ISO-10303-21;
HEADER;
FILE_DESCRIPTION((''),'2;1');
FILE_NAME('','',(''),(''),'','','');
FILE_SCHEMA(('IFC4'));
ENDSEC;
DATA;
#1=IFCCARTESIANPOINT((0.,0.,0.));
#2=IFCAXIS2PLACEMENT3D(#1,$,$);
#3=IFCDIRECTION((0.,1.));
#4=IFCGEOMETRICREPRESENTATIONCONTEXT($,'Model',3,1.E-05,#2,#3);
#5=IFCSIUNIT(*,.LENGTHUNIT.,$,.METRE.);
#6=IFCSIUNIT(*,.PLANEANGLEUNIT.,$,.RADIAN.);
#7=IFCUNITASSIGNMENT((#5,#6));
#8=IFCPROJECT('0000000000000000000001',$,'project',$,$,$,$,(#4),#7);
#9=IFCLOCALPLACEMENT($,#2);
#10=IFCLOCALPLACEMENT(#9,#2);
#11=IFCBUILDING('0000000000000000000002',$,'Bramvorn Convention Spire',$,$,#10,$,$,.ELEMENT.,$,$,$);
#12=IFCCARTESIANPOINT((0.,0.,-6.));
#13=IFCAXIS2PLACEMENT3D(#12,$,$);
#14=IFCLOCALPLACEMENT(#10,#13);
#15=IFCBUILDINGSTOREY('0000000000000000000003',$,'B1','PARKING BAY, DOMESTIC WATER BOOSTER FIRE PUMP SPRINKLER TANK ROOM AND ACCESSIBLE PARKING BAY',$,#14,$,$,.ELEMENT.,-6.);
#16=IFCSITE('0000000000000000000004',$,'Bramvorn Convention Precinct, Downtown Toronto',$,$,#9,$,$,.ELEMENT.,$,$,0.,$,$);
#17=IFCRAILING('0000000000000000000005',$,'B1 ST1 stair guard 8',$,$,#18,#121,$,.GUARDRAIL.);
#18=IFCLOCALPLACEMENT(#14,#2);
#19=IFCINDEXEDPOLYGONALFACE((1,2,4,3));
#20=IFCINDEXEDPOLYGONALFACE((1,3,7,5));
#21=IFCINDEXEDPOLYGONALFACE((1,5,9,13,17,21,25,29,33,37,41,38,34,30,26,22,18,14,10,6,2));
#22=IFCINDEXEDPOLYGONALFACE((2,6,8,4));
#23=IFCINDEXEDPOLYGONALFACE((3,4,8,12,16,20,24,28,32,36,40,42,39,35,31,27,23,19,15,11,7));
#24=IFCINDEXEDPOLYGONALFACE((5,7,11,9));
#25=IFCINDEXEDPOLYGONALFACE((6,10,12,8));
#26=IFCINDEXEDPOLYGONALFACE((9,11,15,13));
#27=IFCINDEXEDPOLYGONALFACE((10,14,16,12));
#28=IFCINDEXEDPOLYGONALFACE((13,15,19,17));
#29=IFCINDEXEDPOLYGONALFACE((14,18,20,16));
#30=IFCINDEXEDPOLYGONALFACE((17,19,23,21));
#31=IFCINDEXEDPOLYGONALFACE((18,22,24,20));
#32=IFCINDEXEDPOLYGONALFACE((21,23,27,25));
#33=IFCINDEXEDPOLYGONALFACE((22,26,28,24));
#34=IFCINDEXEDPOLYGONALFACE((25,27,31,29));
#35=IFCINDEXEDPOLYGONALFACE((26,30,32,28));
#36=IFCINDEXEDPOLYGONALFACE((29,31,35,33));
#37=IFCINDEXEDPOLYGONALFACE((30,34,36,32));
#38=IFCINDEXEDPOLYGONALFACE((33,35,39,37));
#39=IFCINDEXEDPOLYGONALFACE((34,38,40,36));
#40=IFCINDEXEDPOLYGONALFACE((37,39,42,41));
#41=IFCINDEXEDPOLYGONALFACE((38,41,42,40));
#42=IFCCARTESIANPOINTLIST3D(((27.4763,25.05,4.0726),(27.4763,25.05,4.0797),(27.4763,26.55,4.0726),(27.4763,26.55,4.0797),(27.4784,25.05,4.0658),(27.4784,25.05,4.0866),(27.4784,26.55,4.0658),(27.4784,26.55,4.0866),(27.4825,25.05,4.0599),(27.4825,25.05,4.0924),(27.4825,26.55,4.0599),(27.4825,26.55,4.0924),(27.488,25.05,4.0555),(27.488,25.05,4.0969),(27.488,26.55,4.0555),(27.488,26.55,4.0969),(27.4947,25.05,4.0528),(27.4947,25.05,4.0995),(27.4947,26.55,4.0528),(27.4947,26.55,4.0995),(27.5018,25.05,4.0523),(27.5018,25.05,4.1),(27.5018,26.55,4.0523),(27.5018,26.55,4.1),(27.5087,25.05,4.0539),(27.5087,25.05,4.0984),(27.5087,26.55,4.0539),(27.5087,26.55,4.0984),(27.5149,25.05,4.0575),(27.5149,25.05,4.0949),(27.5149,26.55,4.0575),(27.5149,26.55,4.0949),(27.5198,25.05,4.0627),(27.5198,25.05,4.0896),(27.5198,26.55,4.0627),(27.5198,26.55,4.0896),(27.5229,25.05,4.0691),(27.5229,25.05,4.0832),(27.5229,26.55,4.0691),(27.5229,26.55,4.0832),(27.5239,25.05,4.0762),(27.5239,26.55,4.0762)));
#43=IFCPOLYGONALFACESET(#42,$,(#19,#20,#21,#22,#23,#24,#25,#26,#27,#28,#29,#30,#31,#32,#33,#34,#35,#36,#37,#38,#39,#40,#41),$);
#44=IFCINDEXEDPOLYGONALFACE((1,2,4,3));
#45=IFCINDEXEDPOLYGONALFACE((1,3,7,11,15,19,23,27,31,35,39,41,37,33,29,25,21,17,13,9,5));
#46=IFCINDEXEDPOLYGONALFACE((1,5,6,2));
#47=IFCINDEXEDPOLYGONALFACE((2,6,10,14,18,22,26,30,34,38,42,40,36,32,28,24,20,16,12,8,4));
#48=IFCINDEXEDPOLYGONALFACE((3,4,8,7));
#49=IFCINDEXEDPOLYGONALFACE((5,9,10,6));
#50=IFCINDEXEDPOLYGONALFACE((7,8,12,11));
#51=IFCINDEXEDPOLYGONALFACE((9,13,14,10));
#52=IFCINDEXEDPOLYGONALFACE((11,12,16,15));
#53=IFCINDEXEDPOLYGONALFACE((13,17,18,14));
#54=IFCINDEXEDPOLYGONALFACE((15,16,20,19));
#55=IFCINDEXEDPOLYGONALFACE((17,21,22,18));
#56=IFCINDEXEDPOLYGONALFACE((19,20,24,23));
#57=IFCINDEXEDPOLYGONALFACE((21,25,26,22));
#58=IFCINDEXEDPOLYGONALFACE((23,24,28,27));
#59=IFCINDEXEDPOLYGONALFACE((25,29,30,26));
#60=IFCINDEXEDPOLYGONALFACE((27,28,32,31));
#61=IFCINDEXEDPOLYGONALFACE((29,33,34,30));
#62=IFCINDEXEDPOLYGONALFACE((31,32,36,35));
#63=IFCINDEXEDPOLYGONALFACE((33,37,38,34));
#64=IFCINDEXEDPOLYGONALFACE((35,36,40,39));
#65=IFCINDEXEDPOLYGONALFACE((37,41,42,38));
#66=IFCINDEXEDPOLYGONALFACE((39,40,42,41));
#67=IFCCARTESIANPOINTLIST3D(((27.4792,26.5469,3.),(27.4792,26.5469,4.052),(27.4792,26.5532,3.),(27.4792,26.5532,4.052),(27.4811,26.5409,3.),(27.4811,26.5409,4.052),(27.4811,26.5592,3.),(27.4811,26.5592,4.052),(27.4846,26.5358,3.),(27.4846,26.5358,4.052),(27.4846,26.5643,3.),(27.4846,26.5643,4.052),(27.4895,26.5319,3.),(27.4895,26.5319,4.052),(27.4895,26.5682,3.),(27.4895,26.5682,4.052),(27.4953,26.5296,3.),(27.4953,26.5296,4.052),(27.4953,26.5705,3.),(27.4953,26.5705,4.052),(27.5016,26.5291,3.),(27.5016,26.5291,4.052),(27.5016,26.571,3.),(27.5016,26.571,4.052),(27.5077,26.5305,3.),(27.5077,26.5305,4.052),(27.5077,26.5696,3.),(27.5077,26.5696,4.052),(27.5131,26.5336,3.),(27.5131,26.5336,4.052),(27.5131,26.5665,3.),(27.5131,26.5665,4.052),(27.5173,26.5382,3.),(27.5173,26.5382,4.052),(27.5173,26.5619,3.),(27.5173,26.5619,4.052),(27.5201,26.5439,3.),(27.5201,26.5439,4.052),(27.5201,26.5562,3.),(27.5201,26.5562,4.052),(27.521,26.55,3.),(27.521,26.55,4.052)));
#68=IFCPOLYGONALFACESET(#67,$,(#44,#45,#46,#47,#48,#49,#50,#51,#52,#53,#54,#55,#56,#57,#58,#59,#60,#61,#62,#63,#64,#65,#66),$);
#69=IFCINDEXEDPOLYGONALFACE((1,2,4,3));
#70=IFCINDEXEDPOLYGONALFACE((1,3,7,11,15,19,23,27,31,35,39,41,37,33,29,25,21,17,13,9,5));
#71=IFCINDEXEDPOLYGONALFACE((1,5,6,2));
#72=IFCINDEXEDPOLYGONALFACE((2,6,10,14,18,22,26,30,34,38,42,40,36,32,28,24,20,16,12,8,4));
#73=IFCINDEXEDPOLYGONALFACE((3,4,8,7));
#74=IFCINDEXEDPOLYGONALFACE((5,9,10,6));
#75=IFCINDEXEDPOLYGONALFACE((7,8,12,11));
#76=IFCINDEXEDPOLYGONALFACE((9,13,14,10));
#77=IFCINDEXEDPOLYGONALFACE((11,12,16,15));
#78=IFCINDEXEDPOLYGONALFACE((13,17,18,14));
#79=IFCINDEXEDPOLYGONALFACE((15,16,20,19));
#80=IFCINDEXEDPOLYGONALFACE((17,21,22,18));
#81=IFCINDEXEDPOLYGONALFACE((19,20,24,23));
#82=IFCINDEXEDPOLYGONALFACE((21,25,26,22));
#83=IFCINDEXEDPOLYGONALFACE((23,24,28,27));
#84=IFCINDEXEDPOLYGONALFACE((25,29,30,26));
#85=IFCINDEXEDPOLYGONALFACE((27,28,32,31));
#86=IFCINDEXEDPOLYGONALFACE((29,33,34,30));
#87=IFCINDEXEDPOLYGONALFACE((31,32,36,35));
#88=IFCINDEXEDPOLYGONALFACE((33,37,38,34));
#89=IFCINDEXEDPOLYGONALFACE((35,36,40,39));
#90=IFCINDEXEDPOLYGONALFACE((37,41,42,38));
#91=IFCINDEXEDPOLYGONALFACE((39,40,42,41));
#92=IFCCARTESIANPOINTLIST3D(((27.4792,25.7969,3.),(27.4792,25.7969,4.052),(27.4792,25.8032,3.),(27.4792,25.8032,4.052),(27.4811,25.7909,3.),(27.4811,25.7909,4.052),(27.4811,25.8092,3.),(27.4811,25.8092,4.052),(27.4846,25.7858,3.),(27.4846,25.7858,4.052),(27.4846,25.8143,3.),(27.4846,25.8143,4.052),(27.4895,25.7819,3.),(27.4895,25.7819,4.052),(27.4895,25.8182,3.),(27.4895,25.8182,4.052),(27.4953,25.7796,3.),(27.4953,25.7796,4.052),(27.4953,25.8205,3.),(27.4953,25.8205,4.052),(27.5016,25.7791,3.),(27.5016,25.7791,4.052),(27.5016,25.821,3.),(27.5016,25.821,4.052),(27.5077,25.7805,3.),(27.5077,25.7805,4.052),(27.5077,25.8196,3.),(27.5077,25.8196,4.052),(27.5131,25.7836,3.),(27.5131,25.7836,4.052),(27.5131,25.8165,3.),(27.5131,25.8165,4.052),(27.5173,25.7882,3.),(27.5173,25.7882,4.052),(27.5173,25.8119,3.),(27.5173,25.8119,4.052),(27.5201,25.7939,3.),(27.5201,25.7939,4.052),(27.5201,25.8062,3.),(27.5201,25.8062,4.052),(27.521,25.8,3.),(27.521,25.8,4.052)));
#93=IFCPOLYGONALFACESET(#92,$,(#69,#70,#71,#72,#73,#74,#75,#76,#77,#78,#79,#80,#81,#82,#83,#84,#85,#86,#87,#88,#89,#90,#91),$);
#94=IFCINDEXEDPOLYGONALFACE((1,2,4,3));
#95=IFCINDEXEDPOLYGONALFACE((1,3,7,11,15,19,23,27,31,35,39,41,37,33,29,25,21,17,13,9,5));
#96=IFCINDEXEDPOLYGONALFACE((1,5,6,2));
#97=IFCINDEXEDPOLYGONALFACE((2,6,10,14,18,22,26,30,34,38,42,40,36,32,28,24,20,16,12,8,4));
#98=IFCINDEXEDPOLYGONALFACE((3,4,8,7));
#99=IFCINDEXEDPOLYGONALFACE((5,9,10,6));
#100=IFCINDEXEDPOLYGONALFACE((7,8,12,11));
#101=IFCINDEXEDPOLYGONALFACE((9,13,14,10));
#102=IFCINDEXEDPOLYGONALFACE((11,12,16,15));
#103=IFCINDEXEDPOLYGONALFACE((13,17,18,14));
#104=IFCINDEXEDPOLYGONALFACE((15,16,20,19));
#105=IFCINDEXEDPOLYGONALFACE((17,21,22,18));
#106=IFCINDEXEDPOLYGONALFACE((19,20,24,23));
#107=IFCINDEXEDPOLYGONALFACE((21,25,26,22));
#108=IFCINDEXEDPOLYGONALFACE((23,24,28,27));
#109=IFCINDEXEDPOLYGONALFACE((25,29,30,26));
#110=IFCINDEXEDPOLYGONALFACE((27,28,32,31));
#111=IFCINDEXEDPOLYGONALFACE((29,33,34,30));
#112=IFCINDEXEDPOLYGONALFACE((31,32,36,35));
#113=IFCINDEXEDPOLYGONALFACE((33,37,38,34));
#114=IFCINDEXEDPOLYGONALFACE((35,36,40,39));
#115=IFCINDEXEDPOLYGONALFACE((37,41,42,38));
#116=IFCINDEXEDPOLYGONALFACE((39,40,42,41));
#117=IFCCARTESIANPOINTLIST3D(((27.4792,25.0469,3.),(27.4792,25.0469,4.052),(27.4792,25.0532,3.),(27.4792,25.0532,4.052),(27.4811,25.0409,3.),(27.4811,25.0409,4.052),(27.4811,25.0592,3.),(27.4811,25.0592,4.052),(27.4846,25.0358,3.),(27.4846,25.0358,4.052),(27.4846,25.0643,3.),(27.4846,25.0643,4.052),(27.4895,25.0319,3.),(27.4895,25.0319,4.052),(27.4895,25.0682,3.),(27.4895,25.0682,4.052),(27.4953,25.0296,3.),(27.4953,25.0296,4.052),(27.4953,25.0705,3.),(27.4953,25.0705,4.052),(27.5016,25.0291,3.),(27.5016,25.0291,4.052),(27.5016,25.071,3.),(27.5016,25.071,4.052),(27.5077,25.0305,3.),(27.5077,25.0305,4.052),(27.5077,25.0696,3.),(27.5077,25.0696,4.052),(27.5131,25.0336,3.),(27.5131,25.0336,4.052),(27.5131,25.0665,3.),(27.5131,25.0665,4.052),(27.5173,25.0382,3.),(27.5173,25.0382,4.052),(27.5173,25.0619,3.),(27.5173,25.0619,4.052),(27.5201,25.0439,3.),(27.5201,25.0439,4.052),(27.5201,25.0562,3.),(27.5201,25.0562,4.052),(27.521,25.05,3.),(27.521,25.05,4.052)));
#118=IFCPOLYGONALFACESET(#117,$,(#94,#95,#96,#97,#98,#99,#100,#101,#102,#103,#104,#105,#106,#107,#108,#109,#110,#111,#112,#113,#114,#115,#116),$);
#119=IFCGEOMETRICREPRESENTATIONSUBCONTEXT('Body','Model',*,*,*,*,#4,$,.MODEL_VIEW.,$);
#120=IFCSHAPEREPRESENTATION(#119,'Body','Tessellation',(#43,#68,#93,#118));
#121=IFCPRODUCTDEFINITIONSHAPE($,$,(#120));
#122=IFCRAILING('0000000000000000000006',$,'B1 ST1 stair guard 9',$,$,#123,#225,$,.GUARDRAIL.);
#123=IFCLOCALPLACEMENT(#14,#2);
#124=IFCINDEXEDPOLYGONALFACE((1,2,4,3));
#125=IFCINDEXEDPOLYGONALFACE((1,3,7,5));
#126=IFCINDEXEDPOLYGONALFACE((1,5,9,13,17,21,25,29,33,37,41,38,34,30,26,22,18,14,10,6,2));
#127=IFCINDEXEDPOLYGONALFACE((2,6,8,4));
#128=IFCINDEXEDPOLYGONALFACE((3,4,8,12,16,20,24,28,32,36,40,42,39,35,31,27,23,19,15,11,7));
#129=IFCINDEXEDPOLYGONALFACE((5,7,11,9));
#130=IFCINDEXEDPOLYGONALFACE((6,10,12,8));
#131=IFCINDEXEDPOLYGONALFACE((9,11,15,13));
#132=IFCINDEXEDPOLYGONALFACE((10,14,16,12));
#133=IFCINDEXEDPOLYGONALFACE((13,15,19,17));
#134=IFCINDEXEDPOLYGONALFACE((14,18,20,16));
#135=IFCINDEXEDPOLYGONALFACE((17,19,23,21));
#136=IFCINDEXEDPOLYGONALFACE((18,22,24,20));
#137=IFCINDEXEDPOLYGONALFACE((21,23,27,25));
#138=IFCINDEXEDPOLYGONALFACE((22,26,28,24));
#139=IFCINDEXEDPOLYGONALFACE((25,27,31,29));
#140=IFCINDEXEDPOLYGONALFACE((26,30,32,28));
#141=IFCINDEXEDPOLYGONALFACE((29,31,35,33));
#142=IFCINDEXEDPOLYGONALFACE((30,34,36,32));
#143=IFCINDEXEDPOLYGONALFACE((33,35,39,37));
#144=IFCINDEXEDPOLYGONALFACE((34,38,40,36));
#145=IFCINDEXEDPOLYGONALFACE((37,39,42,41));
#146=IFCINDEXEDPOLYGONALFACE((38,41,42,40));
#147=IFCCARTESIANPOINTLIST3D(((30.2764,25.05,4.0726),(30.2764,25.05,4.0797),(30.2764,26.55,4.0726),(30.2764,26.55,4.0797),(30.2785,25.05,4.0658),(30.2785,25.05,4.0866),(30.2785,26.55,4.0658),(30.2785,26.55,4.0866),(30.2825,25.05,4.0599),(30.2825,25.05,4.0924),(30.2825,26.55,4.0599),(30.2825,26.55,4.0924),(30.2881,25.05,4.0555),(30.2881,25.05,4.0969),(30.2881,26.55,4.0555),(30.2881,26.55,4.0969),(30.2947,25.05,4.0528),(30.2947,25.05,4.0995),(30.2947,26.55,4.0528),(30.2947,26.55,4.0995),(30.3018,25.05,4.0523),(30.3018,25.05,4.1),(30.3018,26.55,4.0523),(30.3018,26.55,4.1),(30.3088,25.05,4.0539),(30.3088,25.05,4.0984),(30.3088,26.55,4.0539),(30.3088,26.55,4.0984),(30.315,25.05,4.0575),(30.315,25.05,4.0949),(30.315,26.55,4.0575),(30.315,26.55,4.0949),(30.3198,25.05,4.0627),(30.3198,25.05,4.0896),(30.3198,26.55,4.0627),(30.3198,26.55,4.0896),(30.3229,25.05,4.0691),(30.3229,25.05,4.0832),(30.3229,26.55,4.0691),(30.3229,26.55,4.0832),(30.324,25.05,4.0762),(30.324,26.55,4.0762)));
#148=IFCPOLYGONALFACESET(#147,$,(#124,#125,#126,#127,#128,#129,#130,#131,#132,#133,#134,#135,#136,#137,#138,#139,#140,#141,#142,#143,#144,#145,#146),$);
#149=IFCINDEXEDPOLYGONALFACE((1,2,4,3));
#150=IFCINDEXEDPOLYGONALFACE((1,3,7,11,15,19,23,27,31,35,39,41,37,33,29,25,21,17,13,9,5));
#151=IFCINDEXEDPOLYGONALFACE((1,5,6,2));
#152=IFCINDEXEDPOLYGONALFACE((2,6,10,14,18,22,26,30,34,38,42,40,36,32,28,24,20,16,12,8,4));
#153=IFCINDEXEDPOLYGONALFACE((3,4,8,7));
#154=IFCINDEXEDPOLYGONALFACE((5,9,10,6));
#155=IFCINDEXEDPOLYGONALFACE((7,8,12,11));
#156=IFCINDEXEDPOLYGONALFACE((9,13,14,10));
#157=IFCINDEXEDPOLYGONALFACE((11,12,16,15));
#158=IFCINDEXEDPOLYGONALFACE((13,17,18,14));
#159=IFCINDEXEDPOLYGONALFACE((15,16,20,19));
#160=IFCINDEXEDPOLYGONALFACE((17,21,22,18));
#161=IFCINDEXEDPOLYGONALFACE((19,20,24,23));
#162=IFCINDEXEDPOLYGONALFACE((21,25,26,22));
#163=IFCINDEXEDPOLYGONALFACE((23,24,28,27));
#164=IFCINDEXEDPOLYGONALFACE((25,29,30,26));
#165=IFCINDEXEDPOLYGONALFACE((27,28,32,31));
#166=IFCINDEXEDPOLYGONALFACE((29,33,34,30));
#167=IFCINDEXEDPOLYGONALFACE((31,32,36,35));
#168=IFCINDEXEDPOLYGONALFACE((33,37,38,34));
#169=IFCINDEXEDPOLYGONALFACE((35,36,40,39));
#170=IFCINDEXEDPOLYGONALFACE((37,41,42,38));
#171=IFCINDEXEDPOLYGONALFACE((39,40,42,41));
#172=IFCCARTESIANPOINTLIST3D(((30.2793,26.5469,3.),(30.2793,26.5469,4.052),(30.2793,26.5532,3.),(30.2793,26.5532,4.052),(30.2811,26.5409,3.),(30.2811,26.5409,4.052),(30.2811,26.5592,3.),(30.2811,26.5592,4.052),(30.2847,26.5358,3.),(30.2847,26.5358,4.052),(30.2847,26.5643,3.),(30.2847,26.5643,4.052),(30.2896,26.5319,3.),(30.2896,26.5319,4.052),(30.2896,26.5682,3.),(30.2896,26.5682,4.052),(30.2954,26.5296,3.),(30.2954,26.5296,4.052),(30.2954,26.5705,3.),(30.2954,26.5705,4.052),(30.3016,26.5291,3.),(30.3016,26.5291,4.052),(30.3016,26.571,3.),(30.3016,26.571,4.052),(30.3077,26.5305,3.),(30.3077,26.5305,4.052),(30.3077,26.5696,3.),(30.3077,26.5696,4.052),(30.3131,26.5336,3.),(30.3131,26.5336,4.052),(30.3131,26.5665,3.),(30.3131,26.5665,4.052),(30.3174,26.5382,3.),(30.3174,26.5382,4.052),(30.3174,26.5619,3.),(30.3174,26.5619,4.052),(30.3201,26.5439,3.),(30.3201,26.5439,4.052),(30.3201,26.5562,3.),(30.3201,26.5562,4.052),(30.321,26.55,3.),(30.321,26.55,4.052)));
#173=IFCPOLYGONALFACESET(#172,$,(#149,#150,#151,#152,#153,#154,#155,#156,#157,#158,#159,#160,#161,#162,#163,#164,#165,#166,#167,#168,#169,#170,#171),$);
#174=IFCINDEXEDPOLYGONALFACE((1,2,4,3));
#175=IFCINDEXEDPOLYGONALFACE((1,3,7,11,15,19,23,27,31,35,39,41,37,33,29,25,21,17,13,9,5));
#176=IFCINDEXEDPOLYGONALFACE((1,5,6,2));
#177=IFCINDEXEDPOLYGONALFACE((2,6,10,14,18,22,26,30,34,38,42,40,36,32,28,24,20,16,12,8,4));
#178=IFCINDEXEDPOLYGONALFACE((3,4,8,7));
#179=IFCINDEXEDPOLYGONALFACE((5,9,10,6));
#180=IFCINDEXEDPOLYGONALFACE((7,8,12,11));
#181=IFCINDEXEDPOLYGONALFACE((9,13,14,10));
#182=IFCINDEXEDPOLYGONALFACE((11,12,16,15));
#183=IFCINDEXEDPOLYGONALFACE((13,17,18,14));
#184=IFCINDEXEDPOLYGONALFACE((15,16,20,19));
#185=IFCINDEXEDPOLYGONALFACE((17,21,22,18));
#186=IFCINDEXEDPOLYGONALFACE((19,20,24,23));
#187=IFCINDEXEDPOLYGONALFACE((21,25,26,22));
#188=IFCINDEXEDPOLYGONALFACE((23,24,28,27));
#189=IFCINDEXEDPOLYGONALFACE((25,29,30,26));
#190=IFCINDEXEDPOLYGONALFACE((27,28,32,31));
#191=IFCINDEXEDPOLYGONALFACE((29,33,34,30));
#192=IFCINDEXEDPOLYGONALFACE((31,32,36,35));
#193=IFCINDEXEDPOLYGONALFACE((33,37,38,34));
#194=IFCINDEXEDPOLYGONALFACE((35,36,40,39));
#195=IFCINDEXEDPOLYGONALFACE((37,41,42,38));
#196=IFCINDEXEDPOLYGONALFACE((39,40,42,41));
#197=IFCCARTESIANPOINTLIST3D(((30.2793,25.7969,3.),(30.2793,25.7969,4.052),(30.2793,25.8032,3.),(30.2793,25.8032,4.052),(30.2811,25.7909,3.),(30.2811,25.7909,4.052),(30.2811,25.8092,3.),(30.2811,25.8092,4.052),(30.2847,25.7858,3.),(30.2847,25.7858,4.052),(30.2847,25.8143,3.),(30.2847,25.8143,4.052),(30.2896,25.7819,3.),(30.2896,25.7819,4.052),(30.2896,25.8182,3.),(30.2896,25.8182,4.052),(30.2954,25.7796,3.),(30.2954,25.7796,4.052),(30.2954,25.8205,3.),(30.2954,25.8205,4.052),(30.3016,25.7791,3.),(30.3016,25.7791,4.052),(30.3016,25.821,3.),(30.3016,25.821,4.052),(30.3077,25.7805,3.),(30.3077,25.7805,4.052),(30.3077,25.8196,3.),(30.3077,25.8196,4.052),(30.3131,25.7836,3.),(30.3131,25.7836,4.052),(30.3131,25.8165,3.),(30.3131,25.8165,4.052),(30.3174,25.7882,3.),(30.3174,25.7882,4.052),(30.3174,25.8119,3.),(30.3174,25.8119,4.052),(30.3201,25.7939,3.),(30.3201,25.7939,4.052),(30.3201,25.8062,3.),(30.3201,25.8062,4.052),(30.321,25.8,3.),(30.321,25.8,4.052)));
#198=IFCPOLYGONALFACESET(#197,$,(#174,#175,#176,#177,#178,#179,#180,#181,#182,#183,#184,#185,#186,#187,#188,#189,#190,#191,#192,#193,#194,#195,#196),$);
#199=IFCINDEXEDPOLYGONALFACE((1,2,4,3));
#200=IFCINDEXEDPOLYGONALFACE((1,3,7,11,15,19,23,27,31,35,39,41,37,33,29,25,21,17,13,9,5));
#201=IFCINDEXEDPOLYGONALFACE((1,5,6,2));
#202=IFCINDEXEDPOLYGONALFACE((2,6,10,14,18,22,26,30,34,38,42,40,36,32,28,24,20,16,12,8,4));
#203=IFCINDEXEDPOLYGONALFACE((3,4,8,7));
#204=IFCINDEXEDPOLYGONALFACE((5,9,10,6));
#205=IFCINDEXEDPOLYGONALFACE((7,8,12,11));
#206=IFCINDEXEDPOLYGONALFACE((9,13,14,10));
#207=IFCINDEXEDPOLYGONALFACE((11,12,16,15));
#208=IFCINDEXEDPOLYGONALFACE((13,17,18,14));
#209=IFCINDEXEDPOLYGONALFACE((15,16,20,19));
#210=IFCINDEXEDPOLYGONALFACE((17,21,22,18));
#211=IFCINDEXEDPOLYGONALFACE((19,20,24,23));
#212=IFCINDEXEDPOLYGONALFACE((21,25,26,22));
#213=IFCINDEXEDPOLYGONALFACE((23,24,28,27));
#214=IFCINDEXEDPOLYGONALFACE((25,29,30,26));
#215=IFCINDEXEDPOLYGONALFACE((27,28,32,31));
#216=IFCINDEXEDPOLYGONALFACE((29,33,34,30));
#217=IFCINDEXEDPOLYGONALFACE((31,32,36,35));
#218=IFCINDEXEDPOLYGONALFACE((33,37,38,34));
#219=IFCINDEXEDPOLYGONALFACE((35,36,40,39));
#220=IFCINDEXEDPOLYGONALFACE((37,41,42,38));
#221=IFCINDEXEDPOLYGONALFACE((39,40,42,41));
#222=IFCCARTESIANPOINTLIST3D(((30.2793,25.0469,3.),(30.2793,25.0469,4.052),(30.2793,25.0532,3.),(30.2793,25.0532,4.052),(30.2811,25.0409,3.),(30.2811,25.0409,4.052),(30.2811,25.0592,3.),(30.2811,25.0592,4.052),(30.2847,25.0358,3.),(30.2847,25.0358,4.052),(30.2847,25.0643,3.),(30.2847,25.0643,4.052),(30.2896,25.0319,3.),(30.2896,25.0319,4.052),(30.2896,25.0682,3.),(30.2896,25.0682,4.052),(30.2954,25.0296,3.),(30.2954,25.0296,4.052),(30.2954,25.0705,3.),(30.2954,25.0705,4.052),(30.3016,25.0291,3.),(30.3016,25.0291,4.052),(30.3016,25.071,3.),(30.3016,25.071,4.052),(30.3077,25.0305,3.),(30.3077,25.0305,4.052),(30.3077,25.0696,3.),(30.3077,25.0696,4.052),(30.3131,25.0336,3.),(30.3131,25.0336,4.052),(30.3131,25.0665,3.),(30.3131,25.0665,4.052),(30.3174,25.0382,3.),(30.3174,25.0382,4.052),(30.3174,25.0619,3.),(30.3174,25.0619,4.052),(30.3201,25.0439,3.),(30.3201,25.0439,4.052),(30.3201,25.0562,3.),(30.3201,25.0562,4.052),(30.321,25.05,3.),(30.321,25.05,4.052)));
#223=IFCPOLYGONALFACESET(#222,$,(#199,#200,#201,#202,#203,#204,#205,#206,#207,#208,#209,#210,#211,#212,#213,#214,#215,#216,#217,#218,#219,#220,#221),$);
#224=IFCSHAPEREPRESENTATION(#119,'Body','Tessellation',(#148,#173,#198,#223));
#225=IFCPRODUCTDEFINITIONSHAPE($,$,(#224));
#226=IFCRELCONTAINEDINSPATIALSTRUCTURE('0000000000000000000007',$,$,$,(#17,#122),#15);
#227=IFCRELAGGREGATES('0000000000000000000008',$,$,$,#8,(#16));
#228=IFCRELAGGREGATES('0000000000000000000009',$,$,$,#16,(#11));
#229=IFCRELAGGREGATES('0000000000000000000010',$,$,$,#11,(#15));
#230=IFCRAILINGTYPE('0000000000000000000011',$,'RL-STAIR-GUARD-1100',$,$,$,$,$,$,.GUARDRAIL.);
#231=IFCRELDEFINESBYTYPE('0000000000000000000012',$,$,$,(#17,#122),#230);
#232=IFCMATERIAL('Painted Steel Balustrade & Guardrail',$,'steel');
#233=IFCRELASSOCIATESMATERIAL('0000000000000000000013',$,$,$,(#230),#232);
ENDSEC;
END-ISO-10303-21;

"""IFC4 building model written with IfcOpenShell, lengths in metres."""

from ifc_helpers import new_model, si_unit, direction, frame, origin, origin_2d, place, context, subcontext, project, spatial, circle, extrude, material, type_object, element, save


model = new_model("IFC4")

# Units and contexts
model_context = context("Model", 3, precision=1e-05, world=origin(), true_north=direction((0.0, 1.0)))
body_context = subcontext(model_context, "Body", "Model", "MODEL_VIEW")
ifc_project = project(units=[si_unit("LENGTHUNIT", "METRE"), si_unit("PLANEANGLEUNIT", "RADIAN")], contexts=[model_context])

# Site, building, storey
site_placement = place(None, origin())
site = spatial("IfcSite", under=ifc_project, at=site_placement, Name="Bramvorn Convention Precinct, Downtown Toronto", CompositionType="ELEMENT", RefElevation=0.0)
building_placement = place(site_placement, origin())
building = spatial("IfcBuilding", under=site, at=building_placement, Name="Bramvorn Convention Spire", CompositionType="ELEMENT")
storey_placement = place(building_placement, frame((0.0, 0.0, -6.0)))
storey = spatial("IfcBuildingStorey", under=building, at=storey_placement, Name="B1", Description="PARKING BAY, DOMESTIC WATER BOOSTER FIRE PUMP SPRINKLER TANK ROOM AND ACCESSIBLE PARKING BAY", CompositionType="ELEMENT", Elevation=-6.0)

# Railings
ifc_material_1 = material(Name="Painted Steel Balustrade & Guardrail", Category="steel")
railing_type = type_object("IfcRailingType", Name="RL-STAIR-GUARD-1100", PredefinedType="GUARDRAIL", material=ifc_material_1)
for number, where, name in (
    (1, (27.5, 26.55, 3.0), "B1 ST1 stair guard 8"),
    (2, (30.3, 26.55, 3.0), "B1 ST1 stair guard 9"),
):
    element("IfcRailing", number, at=place(storey_placement, frame(where)), inside=storey, type_object=railing_type, Name=name, PredefinedType="GUARDRAIL", context=body_context, shape_type="SweptSolid", body=[
        extrude(circle(Radius=0.0239, at=origin_2d()), frame((0.0, 0.0, 1.0762), z_axis=(0.0, -1.0, 0.0), x_axis=(1.0, 0.0, 0.0)), (0.0, 0.0, 1.0), 1.5),
        extrude(circle(Radius=0.021, at=origin_2d()), origin(), (0.0, 0.0, 1.0), 1.052),
        extrude(circle(Radius=0.021, at=origin_2d()), frame((0.0, -0.75, 0.0)), (0.0, 0.0, 1.0), 1.052),
        extrude(circle(Radius=0.021, at=origin_2d()), frame((0.0, -1.5, 0.0)), (0.0, 0.0, 1.0), 1.052),
    ])

save(model, "model.ifc")
